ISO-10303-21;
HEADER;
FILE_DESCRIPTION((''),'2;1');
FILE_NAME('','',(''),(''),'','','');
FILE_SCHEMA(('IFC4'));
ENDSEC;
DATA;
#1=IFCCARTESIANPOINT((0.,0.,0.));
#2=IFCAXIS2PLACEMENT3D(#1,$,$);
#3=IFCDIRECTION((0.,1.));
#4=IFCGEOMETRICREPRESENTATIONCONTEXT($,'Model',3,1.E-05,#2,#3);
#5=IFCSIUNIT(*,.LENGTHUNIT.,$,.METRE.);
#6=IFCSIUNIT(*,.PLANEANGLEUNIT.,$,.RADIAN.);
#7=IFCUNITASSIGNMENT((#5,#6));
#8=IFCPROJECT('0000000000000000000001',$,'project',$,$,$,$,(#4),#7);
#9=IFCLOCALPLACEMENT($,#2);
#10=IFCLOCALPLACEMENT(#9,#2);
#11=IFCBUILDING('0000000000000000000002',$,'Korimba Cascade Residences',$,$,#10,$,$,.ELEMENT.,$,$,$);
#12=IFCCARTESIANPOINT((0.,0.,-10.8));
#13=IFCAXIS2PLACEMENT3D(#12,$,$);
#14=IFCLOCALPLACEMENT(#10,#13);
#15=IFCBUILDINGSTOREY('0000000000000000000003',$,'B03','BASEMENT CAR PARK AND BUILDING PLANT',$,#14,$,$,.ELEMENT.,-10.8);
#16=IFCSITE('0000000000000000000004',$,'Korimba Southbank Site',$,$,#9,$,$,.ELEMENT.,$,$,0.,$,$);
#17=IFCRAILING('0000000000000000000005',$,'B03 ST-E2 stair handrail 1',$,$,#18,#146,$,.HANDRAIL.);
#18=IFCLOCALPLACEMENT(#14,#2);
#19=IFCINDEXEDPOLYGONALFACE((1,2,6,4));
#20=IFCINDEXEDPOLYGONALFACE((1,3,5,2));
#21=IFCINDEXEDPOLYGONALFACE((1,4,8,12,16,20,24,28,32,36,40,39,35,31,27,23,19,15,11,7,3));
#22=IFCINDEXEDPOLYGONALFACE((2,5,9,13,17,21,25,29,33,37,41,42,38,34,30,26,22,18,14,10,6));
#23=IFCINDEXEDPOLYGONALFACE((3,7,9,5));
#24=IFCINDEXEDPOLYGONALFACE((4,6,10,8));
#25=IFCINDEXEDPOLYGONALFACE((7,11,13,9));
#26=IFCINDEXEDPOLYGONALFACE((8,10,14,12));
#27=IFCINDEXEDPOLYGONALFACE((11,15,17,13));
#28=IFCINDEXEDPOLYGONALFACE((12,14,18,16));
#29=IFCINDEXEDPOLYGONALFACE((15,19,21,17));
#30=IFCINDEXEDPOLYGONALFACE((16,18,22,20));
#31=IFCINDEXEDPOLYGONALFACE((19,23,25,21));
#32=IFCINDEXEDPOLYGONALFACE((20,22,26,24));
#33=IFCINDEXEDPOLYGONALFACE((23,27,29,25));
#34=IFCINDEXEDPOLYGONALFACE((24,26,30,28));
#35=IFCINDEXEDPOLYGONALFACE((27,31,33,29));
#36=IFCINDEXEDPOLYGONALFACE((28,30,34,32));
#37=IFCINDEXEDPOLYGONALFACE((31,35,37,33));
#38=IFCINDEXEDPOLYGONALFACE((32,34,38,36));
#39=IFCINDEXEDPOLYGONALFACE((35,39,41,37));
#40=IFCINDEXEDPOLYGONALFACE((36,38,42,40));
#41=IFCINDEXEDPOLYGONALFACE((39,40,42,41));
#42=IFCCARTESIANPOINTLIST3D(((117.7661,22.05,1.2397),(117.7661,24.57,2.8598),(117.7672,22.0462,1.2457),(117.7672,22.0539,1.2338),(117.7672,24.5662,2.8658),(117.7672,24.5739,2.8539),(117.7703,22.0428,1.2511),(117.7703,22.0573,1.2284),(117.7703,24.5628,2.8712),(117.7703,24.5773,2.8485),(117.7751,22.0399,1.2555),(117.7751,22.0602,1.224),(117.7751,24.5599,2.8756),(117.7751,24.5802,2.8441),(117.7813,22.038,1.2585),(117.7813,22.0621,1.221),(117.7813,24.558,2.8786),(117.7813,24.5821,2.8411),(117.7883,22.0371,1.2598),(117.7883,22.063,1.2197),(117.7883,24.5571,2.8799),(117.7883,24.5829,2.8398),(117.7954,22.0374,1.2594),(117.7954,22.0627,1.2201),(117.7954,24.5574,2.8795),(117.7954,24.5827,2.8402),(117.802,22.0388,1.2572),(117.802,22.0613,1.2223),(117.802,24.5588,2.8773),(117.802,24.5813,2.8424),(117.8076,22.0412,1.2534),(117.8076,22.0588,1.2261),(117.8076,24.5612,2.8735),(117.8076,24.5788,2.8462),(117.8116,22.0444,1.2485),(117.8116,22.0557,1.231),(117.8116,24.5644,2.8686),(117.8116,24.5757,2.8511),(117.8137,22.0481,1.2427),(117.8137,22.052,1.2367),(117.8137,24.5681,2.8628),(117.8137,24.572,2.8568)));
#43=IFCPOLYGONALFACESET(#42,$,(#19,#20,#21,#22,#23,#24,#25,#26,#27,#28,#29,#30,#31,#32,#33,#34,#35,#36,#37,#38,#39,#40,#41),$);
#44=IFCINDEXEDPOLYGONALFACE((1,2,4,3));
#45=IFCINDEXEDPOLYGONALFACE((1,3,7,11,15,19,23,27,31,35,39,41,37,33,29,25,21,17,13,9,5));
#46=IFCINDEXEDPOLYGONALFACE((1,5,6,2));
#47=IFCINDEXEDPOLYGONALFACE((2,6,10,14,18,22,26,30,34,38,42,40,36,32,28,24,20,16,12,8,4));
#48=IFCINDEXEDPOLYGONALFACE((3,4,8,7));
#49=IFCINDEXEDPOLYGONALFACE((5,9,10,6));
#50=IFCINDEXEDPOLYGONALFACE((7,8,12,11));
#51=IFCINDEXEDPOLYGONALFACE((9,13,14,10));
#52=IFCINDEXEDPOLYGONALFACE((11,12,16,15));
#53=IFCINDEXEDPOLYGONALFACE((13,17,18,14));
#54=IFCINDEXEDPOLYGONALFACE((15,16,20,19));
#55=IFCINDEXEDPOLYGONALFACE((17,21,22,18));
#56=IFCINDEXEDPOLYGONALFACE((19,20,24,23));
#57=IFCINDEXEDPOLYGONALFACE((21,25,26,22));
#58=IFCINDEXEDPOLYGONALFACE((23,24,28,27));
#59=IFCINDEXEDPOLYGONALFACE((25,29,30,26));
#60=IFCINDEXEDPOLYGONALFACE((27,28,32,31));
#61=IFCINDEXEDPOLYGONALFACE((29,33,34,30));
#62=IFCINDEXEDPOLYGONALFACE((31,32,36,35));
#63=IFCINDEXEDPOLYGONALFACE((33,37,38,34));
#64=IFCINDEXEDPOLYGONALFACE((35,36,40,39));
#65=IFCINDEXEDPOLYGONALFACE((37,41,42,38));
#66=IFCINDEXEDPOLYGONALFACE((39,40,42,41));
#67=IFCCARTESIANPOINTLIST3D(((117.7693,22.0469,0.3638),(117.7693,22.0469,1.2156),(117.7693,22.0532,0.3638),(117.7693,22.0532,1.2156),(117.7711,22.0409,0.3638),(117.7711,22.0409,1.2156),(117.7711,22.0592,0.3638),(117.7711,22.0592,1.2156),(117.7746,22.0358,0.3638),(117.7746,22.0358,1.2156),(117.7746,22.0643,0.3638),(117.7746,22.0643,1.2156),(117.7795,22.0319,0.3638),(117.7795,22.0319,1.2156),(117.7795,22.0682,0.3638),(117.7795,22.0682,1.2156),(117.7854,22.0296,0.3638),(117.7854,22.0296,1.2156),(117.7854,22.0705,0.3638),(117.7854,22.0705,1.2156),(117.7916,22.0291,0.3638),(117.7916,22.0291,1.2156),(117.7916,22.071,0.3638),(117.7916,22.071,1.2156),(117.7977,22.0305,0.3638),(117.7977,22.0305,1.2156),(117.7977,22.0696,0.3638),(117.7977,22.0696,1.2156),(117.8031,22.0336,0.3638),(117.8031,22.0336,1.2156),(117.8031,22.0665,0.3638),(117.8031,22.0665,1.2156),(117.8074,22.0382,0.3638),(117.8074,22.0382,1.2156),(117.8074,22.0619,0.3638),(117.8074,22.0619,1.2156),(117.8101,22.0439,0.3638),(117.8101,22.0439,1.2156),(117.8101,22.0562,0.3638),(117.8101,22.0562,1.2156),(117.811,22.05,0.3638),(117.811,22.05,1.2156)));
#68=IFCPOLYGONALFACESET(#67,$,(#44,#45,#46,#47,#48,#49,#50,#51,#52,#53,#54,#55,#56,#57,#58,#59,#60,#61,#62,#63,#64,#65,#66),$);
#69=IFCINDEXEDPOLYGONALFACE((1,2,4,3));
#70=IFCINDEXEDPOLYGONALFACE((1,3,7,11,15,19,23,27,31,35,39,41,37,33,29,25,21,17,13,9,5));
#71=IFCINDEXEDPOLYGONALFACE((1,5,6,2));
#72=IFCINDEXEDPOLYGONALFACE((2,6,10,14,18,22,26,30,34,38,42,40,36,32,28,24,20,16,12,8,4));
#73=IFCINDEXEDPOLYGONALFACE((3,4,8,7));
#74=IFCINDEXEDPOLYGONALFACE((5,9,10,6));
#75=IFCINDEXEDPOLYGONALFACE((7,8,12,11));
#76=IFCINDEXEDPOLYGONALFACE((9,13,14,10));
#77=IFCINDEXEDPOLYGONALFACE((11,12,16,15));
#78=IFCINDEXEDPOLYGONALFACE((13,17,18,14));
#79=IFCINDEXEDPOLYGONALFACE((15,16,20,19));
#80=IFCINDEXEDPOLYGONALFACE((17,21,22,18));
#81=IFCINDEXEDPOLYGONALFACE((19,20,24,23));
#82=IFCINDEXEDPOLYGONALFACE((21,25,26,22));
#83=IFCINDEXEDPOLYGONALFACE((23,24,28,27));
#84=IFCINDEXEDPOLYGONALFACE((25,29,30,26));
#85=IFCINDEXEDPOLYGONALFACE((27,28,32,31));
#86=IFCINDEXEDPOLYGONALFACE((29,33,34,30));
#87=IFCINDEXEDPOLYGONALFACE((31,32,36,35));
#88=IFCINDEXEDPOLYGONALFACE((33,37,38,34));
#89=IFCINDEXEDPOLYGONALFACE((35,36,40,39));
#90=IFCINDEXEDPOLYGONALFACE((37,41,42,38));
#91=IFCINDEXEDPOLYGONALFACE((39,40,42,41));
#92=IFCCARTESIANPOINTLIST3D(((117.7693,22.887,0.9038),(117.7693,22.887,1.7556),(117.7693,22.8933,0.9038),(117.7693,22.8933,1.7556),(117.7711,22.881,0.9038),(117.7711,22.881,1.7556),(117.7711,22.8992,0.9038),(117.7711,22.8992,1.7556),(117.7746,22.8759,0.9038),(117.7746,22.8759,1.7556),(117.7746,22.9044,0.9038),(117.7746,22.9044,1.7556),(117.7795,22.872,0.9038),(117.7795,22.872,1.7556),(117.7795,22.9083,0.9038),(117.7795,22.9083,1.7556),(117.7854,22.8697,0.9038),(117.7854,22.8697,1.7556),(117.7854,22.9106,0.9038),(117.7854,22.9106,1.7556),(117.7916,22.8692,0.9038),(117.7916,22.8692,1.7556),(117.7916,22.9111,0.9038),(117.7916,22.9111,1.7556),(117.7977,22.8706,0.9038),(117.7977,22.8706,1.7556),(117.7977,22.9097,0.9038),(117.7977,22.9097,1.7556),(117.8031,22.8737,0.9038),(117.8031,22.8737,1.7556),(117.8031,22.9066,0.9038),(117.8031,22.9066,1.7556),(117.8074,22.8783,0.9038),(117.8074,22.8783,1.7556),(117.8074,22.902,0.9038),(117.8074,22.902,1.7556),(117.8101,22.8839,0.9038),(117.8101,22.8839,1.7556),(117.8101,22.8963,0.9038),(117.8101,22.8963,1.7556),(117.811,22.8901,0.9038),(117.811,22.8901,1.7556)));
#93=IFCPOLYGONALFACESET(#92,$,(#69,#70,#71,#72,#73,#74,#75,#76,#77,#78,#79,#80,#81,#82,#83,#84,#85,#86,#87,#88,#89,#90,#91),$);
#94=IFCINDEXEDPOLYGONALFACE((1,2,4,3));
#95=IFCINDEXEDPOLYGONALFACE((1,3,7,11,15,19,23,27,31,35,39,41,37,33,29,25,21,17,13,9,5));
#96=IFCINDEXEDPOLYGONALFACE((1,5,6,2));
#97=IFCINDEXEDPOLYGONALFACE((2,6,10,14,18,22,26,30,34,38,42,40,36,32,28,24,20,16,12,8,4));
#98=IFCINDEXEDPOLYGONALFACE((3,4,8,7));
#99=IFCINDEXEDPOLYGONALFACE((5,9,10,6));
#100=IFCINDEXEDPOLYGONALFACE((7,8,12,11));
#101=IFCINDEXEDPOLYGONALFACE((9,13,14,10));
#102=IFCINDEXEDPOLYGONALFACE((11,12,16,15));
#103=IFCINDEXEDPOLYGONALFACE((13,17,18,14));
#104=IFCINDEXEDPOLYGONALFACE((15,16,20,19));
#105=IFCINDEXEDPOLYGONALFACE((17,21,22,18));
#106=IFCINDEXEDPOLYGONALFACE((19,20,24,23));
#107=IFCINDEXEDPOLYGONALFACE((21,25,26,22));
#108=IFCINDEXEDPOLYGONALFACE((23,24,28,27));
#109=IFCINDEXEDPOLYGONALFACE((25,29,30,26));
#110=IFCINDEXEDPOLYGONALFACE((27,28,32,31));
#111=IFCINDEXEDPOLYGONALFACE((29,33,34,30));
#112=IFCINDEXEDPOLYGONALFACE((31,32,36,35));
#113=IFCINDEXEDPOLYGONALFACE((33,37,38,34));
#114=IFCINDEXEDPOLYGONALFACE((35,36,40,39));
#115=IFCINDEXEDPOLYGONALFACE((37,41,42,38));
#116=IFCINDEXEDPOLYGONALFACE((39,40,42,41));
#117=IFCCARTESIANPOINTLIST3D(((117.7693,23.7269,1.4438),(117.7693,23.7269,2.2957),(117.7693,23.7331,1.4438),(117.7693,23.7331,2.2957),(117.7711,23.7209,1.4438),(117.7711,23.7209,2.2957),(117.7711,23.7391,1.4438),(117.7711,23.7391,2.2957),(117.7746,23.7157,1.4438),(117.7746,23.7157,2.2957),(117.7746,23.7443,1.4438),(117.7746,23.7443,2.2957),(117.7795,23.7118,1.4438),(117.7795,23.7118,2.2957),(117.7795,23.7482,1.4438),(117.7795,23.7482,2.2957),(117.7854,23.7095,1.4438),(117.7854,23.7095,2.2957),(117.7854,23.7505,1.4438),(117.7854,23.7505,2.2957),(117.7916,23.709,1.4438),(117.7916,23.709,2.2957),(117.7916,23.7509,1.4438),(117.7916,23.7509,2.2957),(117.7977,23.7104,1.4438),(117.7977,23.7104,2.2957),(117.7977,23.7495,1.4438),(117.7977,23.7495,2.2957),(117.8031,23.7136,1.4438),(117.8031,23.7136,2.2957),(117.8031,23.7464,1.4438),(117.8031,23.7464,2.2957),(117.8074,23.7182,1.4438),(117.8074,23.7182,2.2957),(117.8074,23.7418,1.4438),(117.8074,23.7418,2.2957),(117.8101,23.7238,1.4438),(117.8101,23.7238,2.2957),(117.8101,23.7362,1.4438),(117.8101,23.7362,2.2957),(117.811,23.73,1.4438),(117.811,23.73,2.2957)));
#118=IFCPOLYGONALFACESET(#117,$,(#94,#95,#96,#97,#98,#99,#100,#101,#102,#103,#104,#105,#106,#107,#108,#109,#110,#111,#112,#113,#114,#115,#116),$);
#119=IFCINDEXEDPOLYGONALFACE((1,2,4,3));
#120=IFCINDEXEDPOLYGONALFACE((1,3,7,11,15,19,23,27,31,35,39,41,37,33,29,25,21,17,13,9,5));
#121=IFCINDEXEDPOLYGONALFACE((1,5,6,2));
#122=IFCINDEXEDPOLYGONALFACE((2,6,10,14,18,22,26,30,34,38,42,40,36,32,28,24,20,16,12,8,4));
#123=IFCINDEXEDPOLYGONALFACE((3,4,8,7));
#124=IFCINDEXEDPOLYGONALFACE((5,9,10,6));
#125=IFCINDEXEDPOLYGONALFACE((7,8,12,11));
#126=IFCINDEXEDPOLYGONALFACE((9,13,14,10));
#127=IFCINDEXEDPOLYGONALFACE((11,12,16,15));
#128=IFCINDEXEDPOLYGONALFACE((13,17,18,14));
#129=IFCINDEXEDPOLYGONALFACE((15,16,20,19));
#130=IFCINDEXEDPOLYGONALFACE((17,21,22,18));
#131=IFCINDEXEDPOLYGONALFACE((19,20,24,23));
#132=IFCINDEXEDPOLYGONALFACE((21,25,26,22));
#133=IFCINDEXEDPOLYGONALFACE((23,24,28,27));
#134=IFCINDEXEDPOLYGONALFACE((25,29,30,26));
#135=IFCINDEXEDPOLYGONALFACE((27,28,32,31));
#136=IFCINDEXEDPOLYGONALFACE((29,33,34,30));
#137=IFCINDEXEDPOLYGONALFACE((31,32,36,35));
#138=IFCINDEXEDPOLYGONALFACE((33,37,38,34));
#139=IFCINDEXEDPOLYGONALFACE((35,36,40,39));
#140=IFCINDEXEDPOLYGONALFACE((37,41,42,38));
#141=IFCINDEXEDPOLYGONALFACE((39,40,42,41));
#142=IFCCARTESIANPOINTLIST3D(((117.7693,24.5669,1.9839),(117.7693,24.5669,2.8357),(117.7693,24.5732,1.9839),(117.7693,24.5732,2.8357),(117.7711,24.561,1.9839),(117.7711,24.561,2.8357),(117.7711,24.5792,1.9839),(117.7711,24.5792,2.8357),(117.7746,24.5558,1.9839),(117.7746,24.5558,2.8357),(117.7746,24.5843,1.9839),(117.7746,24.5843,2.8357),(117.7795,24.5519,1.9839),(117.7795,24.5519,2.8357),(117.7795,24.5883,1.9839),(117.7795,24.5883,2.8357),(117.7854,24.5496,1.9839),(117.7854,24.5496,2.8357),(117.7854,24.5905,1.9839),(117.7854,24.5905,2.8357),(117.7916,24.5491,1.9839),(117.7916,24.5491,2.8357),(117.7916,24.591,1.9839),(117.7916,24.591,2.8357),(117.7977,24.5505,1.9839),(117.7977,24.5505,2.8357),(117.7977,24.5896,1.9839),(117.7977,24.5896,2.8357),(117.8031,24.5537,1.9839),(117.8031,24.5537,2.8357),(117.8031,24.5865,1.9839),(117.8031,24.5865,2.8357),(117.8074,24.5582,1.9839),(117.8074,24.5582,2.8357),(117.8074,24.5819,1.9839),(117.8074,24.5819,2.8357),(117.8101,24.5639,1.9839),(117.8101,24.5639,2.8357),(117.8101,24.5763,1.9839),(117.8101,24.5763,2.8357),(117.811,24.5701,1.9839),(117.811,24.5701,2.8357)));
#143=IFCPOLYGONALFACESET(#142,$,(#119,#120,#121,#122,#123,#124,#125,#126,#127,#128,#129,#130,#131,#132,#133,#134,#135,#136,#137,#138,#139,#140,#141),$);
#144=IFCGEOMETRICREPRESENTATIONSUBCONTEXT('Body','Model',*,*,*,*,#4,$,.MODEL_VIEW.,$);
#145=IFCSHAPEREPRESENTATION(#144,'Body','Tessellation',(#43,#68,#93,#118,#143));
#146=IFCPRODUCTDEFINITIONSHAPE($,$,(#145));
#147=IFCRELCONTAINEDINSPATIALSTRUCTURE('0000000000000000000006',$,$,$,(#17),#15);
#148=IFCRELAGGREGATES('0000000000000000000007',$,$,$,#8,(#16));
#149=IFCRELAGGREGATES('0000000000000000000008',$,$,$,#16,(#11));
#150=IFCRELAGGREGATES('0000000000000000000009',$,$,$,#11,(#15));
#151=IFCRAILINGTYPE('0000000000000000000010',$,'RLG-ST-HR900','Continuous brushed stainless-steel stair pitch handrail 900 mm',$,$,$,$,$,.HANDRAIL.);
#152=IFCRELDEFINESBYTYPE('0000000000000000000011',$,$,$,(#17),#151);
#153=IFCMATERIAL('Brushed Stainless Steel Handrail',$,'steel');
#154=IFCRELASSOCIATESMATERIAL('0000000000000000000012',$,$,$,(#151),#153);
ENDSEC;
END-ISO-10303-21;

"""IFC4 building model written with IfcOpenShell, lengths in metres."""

from ifc_helpers import new_model, si_unit, direction, frame, origin, origin_2d, place, context, subcontext, project, spatial, circle, extrude, material, type_object, element, save


model = new_model("IFC4")

# Units and contexts
model_context = context("Model", 3, precision=1e-05, world=origin(), true_north=direction((0.0, 1.0)))
body_context = subcontext(model_context, "Body", "Model", "MODEL_VIEW")
ifc_project = project(units=[si_unit("LENGTHUNIT", "METRE"), si_unit("PLANEANGLEUNIT", "RADIAN")], contexts=[model_context])

# Site, building, storey
site_placement = place(None, origin())
site = spatial("IfcSite", under=ifc_project, at=site_placement, Name="Korimba Southbank Site", CompositionType="ELEMENT", RefElevation=0.0)
building_placement = place(site_placement, origin())
building = spatial("IfcBuilding", under=site, at=building_placement, Name="Korimba Cascade Residences", CompositionType="ELEMENT")
storey_placement = place(building_placement, frame((0.0, 0.0, -10.8)))
storey = spatial("IfcBuildingStorey", under=building, at=storey_placement, Name="B03", Description="BASEMENT CAR PARK AND BUILDING PLANT", CompositionType="ELEMENT", Elevation=-10.8)

# Railing
ifc_material_1 = material(Name="Brushed Stainless Steel Handrail", Category="steel")
railing_type_1 = type_object("IfcRailingType", Name="RLG-ST-HR900", Description="Continuous brushed stainless-steel stair pitch handrail 900 mm", PredefinedType="HANDRAIL", material=ifc_material_1)
railing_1_placement = place(storey_placement, frame((117.79, 22.05, 0.3638)))
element("IfcRailing", 1, at=railing_1_placement, inside=storey, type_object=railing_type_1, Name="B03 ST-E2 stair handrail 1", PredefinedType="HANDRAIL", context=body_context, shape_type="SweptSolid", body=[
    extrude(circle(Radius=0.0239, at=origin_2d()), frame((0.0, 0.0, 0.876), z_axis=(0.0, 0.841163, 0.540782), x_axis=(-1.0, 0.0, 0.0)), (0.0, 0.0, 1.0), 2.9958),
    extrude(circle(Radius=0.021, at=origin_2d()), origin(), (0.0, 0.0, 1.0), 0.8518),
    extrude(circle(Radius=0.021, at=origin_2d()), frame((0.0, 0.8401, 0.54)), (0.0, 0.0, 1.0), 0.8518),
    extrude(circle(Radius=0.021, at=origin_2d()), frame((0.0, 1.6799, 1.0801)), (0.0, 0.0, 1.0), 0.8518),
    extrude(circle(Radius=0.021, at=origin_2d()), frame((0.0, 2.52, 1.6201)), (0.0, 0.0, 1.0), 0.8518),
])

save(model, "model.ifc")
